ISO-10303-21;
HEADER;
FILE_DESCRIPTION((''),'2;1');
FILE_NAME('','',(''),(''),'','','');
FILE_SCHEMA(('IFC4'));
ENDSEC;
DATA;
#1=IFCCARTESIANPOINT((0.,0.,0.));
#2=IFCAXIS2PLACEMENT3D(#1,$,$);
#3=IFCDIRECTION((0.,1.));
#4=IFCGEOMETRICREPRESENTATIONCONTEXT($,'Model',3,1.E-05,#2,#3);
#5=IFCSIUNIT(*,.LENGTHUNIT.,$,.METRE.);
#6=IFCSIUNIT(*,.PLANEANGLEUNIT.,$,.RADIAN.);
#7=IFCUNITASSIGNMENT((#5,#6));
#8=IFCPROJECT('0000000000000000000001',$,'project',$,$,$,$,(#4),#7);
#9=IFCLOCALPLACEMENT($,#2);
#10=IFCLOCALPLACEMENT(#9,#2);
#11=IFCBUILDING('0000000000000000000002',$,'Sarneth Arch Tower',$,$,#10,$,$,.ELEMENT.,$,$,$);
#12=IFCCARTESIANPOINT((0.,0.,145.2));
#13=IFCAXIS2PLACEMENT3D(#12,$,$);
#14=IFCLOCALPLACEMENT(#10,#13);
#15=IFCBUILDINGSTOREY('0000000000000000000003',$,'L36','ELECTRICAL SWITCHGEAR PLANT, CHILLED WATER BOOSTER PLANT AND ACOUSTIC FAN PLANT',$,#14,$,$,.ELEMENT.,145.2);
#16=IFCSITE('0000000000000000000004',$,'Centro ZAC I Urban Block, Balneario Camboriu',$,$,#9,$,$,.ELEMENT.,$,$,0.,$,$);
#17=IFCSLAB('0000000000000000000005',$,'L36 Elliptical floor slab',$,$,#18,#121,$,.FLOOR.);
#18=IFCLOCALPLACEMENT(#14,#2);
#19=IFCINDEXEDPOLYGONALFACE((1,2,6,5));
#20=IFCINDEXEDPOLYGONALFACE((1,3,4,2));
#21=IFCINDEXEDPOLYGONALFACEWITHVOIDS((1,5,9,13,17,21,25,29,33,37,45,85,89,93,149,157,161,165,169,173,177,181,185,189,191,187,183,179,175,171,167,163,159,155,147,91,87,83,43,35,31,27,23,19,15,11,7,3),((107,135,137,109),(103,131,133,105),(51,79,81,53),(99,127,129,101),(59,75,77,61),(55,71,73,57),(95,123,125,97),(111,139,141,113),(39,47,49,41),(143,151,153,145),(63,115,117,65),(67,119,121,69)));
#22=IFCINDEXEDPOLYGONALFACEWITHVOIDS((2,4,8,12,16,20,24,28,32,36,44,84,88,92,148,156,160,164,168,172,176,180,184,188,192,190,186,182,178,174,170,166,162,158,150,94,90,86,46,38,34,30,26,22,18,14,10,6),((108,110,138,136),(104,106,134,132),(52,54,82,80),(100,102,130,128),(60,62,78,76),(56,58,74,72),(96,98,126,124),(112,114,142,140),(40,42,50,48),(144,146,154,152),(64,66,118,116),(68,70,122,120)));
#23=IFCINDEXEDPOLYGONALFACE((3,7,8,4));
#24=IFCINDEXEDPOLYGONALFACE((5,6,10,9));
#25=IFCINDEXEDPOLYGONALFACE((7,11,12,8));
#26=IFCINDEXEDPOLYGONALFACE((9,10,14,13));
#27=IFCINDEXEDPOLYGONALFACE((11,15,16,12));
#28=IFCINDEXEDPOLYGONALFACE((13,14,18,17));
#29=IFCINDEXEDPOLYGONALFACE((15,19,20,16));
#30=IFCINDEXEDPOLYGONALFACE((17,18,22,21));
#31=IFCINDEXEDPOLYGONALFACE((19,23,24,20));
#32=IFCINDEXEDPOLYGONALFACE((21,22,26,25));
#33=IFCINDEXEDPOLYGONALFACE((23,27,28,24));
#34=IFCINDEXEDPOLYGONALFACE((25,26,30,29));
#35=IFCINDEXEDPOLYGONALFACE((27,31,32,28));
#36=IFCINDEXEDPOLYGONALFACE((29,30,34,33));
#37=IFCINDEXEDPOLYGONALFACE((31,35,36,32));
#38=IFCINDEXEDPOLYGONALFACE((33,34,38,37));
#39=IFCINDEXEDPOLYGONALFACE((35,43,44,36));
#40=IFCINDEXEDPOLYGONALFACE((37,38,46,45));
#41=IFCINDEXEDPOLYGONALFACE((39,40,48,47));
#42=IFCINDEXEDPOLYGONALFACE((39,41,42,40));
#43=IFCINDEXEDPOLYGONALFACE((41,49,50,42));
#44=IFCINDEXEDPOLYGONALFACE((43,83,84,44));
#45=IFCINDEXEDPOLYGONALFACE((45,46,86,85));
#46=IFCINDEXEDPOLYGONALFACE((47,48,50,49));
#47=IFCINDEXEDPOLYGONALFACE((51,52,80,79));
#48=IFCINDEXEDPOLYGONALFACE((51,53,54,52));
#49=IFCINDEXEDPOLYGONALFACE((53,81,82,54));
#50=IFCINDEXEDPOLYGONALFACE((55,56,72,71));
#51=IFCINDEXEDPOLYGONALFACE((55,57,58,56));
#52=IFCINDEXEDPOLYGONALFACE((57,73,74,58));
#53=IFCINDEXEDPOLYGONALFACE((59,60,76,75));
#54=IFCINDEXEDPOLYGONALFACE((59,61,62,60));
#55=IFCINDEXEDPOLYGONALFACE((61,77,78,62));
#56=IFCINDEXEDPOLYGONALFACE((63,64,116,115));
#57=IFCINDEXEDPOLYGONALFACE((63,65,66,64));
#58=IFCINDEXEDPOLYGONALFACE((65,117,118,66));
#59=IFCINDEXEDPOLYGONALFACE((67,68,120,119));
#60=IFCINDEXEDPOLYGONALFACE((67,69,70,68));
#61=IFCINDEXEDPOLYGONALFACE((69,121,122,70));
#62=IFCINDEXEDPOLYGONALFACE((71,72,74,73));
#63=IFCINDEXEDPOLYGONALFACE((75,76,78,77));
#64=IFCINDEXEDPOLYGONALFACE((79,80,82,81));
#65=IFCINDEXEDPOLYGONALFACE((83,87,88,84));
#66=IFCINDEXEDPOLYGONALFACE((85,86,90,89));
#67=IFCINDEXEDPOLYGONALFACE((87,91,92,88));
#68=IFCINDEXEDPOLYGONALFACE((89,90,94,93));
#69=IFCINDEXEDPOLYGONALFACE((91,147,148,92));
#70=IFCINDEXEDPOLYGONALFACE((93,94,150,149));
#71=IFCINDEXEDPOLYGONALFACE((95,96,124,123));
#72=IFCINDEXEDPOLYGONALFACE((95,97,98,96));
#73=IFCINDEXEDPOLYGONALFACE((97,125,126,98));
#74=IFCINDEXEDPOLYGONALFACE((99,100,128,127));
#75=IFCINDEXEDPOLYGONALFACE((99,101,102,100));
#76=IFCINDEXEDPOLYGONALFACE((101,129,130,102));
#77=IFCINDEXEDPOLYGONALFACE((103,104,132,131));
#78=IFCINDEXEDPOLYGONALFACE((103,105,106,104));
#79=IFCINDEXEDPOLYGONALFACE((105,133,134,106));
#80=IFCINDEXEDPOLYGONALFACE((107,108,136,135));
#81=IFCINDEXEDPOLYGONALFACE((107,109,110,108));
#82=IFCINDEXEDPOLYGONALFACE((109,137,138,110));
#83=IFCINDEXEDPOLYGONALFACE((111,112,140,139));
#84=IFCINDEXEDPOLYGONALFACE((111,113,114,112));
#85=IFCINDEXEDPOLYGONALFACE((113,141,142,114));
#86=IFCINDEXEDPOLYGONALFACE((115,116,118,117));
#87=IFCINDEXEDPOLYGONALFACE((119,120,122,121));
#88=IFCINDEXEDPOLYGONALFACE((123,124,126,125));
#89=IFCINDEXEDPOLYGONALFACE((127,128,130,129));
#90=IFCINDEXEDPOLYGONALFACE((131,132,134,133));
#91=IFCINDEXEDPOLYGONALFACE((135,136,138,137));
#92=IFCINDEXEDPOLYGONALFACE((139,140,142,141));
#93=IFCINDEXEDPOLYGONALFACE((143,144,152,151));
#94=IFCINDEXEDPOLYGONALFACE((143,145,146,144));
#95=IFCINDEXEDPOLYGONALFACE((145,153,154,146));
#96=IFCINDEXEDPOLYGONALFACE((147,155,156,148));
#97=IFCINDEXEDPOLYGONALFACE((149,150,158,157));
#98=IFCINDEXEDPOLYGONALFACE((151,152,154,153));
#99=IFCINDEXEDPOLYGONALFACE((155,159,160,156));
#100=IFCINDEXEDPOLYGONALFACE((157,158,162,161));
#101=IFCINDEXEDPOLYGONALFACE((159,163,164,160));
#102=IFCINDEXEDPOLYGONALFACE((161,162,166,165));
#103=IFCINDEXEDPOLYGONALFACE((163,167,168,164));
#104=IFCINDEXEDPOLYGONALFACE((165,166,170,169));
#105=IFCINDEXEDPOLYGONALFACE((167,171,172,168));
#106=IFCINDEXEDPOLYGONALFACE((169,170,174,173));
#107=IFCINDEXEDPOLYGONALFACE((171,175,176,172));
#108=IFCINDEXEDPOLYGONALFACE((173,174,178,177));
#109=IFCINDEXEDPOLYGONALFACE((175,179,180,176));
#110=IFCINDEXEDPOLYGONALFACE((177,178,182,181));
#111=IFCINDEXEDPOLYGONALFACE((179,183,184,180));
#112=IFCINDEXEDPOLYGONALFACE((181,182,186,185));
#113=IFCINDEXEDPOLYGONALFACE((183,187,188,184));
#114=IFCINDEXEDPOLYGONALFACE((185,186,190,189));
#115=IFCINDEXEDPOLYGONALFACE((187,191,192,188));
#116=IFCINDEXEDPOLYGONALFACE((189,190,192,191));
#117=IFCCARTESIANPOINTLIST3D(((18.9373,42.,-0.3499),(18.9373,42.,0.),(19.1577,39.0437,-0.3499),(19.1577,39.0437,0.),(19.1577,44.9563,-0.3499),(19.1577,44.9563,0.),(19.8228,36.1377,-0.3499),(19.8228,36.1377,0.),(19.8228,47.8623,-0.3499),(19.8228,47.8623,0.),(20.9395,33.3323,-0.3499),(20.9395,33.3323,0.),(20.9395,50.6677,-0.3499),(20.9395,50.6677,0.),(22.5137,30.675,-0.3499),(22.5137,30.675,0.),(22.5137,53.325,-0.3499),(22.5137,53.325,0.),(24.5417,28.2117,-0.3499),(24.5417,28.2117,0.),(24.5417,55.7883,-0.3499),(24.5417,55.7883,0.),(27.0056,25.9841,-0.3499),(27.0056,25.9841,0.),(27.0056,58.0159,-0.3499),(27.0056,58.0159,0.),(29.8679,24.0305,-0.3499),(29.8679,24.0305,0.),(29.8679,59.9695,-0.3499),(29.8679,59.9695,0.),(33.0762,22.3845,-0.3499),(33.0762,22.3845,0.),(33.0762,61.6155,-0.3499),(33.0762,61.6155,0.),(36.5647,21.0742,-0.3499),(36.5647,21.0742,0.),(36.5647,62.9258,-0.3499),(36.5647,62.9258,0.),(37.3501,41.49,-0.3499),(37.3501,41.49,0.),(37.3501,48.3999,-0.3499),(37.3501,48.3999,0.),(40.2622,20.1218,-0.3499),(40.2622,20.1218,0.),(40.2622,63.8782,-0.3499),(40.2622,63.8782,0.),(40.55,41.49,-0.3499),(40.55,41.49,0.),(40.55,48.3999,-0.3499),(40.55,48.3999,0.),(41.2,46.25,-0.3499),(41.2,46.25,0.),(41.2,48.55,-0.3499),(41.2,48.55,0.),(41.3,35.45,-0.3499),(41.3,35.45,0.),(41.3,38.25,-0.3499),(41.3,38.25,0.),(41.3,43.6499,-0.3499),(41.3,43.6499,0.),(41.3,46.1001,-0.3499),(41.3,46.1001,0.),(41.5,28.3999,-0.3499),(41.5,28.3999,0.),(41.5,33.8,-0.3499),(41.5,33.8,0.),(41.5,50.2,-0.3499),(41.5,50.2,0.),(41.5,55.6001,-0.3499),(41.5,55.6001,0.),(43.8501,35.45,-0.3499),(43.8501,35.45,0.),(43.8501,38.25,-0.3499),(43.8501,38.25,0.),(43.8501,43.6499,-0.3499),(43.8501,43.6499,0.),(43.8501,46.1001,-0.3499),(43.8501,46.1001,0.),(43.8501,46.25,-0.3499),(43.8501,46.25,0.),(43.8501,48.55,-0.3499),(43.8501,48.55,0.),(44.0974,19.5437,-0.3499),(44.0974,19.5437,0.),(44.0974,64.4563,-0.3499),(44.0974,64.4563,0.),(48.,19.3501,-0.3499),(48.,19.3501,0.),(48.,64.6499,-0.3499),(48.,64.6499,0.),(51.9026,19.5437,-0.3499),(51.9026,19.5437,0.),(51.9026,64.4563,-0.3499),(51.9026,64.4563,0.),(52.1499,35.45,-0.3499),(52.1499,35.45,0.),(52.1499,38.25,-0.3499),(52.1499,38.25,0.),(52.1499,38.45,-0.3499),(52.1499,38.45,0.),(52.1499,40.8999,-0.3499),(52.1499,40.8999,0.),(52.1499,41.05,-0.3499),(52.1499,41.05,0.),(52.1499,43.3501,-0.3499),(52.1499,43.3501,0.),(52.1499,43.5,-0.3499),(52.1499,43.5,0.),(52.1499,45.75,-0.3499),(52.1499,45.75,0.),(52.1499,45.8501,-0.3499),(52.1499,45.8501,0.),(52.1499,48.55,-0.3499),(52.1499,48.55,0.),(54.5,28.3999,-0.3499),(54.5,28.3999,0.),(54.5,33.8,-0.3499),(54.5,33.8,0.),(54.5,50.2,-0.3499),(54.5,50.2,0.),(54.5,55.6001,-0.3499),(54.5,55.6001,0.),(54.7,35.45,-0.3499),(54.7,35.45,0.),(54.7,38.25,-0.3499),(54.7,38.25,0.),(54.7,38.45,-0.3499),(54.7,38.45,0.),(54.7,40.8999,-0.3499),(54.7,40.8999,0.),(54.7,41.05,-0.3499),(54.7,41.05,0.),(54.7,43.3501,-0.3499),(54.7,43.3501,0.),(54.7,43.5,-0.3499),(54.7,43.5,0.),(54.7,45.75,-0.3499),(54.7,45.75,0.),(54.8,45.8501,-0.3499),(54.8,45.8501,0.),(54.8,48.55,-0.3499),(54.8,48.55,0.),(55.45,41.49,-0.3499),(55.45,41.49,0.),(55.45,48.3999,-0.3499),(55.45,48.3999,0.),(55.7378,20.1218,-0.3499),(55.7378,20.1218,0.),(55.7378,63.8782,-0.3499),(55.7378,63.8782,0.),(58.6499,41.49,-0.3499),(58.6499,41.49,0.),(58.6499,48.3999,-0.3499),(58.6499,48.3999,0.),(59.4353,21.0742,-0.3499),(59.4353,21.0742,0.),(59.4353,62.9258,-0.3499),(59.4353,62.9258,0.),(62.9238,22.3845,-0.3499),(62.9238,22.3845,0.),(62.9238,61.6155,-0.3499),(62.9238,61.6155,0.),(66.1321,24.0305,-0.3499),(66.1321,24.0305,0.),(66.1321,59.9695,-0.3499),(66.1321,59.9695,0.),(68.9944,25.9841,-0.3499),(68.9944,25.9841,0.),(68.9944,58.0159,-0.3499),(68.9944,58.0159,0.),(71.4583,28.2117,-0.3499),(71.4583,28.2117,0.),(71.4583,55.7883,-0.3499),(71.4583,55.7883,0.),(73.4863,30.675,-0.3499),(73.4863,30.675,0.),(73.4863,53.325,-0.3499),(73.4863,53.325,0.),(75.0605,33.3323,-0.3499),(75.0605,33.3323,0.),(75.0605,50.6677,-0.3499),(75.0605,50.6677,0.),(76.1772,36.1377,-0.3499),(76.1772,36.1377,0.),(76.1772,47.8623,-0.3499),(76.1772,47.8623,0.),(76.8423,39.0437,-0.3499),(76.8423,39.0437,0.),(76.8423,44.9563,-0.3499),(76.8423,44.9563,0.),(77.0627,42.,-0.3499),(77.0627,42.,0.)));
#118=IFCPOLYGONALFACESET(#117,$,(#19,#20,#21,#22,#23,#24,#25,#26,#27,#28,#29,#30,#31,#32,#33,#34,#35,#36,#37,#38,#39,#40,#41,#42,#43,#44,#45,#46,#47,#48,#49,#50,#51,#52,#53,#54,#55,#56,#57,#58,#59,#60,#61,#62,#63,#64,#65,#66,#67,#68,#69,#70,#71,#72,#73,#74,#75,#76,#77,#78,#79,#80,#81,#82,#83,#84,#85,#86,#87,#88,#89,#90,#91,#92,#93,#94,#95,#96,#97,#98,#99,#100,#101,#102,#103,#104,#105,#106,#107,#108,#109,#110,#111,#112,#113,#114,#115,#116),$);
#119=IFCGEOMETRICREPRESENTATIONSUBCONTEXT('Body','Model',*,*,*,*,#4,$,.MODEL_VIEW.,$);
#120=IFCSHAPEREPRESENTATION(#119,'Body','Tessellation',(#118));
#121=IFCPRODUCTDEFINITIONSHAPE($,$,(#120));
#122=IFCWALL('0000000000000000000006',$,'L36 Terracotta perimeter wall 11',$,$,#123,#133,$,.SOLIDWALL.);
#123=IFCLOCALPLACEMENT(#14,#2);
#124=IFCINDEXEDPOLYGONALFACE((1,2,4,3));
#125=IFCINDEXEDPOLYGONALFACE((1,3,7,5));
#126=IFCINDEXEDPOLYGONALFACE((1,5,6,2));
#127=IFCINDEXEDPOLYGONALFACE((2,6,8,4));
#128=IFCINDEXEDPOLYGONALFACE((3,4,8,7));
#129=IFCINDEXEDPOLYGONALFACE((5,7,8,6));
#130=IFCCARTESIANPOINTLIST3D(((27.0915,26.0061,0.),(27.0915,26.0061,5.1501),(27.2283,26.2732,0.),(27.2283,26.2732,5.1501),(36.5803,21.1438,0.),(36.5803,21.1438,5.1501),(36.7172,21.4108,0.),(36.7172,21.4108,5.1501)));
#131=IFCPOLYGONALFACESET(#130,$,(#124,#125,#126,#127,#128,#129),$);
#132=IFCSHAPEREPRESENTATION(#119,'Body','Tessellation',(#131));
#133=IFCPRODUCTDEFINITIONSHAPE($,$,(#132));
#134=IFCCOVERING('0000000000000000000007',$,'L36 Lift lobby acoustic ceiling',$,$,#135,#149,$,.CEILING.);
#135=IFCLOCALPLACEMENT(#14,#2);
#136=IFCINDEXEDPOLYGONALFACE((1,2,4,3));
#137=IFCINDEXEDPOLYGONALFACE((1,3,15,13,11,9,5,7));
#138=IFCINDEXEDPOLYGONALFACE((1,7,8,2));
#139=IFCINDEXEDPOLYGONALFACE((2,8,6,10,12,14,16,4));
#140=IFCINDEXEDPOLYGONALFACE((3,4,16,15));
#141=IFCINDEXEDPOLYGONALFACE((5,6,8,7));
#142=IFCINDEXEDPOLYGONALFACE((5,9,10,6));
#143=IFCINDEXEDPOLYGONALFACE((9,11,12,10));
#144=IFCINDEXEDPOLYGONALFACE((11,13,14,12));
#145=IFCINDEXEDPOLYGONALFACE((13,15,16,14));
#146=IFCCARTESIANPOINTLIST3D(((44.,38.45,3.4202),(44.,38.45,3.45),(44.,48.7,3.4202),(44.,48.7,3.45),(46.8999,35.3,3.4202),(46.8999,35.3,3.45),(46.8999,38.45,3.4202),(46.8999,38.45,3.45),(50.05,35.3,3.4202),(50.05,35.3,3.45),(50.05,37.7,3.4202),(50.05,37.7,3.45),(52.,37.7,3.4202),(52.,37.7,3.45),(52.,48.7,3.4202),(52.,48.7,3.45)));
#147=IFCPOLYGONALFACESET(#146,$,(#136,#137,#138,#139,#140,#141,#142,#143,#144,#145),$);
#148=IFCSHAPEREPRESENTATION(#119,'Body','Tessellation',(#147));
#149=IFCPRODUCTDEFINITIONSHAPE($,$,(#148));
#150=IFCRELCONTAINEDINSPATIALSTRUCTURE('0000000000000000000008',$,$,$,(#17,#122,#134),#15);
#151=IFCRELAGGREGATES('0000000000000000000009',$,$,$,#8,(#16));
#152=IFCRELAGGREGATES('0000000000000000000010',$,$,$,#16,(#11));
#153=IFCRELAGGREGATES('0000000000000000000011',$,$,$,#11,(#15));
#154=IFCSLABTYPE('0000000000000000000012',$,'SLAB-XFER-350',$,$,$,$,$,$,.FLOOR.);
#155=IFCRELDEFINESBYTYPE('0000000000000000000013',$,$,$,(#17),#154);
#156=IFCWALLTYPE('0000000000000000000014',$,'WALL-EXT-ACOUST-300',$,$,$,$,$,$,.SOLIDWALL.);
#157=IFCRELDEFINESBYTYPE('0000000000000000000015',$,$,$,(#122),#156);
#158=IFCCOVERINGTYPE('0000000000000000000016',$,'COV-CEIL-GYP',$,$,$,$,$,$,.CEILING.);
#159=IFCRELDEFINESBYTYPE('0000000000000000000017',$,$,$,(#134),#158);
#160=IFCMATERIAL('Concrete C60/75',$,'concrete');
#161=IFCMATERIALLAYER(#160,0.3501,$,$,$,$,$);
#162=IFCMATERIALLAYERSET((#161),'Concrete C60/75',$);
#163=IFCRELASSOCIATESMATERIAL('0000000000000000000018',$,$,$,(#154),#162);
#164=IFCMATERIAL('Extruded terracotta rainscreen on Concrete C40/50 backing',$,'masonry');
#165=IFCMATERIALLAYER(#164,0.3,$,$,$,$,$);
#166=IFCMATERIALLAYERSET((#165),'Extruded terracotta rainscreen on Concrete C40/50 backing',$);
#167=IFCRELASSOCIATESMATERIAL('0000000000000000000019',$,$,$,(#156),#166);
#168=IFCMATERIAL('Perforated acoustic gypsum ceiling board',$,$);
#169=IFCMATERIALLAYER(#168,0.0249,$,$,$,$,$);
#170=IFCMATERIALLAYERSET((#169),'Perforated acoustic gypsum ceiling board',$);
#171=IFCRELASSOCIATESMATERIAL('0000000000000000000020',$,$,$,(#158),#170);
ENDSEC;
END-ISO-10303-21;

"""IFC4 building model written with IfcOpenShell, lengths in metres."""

from ifc_helpers import new_model, si_unit, direction, frame, frame_2d, origin, place, context, subcontext, project, spatial, polyline, rectangle, outline, extrude, material, layer, layer_set, type_object, element, save


model = new_model("IFC4")

# Units and contexts
model_context = context("Model", 3, precision=1e-05, world=origin(), true_north=direction((0.0, 1.0)))
body_context = subcontext(model_context, "Body", "Model", "MODEL_VIEW")
ifc_project = project(units=[si_unit("LENGTHUNIT", "METRE"), si_unit("PLANEANGLEUNIT", "RADIAN")], contexts=[model_context])

# Site, building, storey
site_placement = place(None, origin())
site = spatial("IfcSite", under=ifc_project, at=site_placement, Name="Centro ZAC I Urban Block, Balneario Camboriu", CompositionType="ELEMENT", RefElevation=0.0)
building_placement = place(site_placement, origin())
building = spatial("IfcBuilding", under=site, at=building_placement, Name="Sarneth Arch Tower", CompositionType="ELEMENT")
storey_placement = place(building_placement, frame((0.0, 0.0, 145.2)))
storey = spatial("IfcBuildingStorey", under=building, at=storey_placement, Name="L36", Description="ELECTRICAL SWITCHGEAR PLANT, CHILLED WATER BOOSTER PLANT AND ACOUSTIC FAN PLANT", CompositionType="ELEMENT", Elevation=145.2)

# Slab
ifc_material_1 = material(Name="Concrete C60/75", Category="concrete")
ifc_layer_1 = layer(ifc_material_1, 0.3501)
ifc_layer_set_1 = layer_set([ifc_layer_1], Name="Concrete C60/75")
slab_type_1 = type_object("IfcSlabType", Name="SLAB-XFER-350", PredefinedType="FLOOR", material=ifc_layer_set_1)
slab_1_placement = place(storey_placement, frame((0.0, 0.0, -0.3499)))
element("IfcSlab", 1, at=slab_1_placement, inside=storey, type_object=slab_type_1, Name="L36 Elliptical floor slab", PredefinedType="FLOOR", context=body_context, shape_type="SweptSolid", body=[
    extrude(outline(polyline([(77.0627, 42.0), (76.8423, 44.9563), (76.1772, 47.8623), (75.0605, 50.6677), (73.4863, 53.325), (71.4583, 55.7883), (68.9944, 58.0159), (66.1321, 59.9695), (62.9238, 61.6155), (59.4353, 62.9258), (55.7378, 63.8782), (51.9026, 64.4563), (48.0, 64.6499), (44.0974, 64.4563), (40.2622, 63.8782), (36.5647, 62.9258), (33.0762, 61.6155), (29.8679, 59.9695), (27.0056, 58.0159), (24.5417, 55.7883), (22.5137, 53.325), (20.9395, 50.6677), (19.8228, 47.8623), (19.1577, 44.9563), (18.9373, 42.0), (19.1577, 39.0437), (19.8228, 36.1377), (20.9395, 33.3323), (22.5137, 30.675), (24.5417, 28.2117), (27.0056, 25.9841), (29.8679, 24.0305), (33.0762, 22.3845), (36.5647, 21.0742), (40.2622, 20.1218), (44.0974, 19.5437), (48.0, 19.3501), (51.9026, 19.5437), (55.7378, 20.1218), (59.4353, 21.0742), (62.9238, 22.3845), (66.1321, 24.0305), (68.9944, 25.9841), (71.4583, 28.2117), (73.4863, 30.675), (75.0605, 33.3323), (76.1772, 36.1377), (76.8423, 39.0437), (77.0627, 42.0)]), holes=[polyline([(37.3501, 41.49), (40.55, 41.49), (40.55, 48.3999), (37.3501, 48.3999), (37.3501, 41.49)]), polyline([(55.45, 41.49), (58.6499, 41.49), (58.6499, 48.3999), (55.45, 48.3999), (55.45, 41.49)]), polyline([(41.2, 46.25), (43.8501, 46.25), (43.8501, 48.55), (41.2, 48.55), (41.2, 46.25)]), polyline([(41.3, 35.45), (43.8501, 35.45), (43.8501, 38.25), (41.3, 38.25), (41.3, 35.45)]), polyline([(52.1499, 35.45), (54.7, 35.45), (54.7, 38.25), (52.1499, 38.25), (52.1499, 35.45)]), polyline([(52.1499, 45.8501), (54.8, 45.8501), (54.8, 48.55), (52.1499, 48.55), (52.1499, 45.8501)]), polyline([(41.3, 43.6499), (43.8501, 43.6499), (43.8501, 46.1001), (41.3, 46.1001), (41.3, 43.6499)]), polyline([(52.1499, 38.45), (54.7, 38.45), (54.7, 40.8999), (52.1499, 40.8999), (52.1499, 38.45)]), polyline([(52.1499, 41.05), (54.7, 41.05), (54.7, 43.3501), (52.1499, 43.3501), (52.1499, 41.05)]), polyline([(52.1499, 43.5), (54.7, 43.5), (54.7, 45.75), (52.1499, 45.75), (52.1499, 43.5)]), polyline([(41.5, 50.2), (54.5, 50.2), (54.5, 55.6001), (41.5, 55.6001), (41.5, 50.2)]), polyline([(41.5, 28.3999), (54.5, 28.3999), (54.5, 33.8), (41.5, 33.8), (41.5, 28.3999)])]), origin(), (0.0, 0.0, 1.0), 0.3499),
])

# Wall
ifc_material_2 = material(Name="Extruded terracotta rainscreen on Concrete C40/50 backing", Category="masonry")
ifc_layer_2 = layer(ifc_material_2, 0.3)
ifc_layer_set_2 = layer_set([ifc_layer_2], Name="Extruded terracotta rainscreen on Concrete C40/50 backing")
wall_type = type_object("IfcWallType", Name="WALL-EXT-ACOUST-300", PredefinedType="SOLIDWALL", material=ifc_layer_set_2)
wall_placement = place(storey_placement, frame((27.1599, 26.1396, 0.0), z_axis=(0.0, 0.0, 1.0), x_axis=(0.88996, -0.45604, 0.0)))
element("IfcWall", 2, at=wall_placement, inside=storey, type_object=wall_type, Name="L36 Terracotta perimeter wall 11", PredefinedType="SOLIDWALL", context=body_context, shape_type="SweptSolid", body=[
    extrude(rectangle(XDim=10.6621, YDim=0.3, at=frame_2d((5.3311, 0.0))), origin(), (0.0, 0.0, 1.0), 5.1501),
])

# Covering
ifc_material_3 = material(Name="Perforated acoustic gypsum ceiling board")
ifc_layer_3 = layer(ifc_material_3, 0.0249)
ifc_layer_set_3 = layer_set([ifc_layer_3], Name="Perforated acoustic gypsum ceiling board")
covering_type = type_object("IfcCoveringType", Name="COV-CEIL-GYP", PredefinedType="CEILING", material=ifc_layer_set_3)
covering_placement = place(storey_placement, frame((0.0, 0.0, 3.4202)))
element("IfcCovering", 3, at=covering_placement, inside=storey, type_object=covering_type, Name="L36 Lift lobby acoustic ceiling", PredefinedType="CEILING", context=body_context, shape_type="SweptSolid", body=[
    extrude(outline(polyline([(52.0, 37.7), (50.05, 37.7), (50.05, 35.3), (46.8999, 35.3), (46.8999, 38.45), (44.0, 38.45), (44.0, 48.7), (52.0, 48.7), (52.0, 37.7)])), origin(), (0.0, 0.0, 1.0), 0.0298),
])

save(model, "model.ifc")
